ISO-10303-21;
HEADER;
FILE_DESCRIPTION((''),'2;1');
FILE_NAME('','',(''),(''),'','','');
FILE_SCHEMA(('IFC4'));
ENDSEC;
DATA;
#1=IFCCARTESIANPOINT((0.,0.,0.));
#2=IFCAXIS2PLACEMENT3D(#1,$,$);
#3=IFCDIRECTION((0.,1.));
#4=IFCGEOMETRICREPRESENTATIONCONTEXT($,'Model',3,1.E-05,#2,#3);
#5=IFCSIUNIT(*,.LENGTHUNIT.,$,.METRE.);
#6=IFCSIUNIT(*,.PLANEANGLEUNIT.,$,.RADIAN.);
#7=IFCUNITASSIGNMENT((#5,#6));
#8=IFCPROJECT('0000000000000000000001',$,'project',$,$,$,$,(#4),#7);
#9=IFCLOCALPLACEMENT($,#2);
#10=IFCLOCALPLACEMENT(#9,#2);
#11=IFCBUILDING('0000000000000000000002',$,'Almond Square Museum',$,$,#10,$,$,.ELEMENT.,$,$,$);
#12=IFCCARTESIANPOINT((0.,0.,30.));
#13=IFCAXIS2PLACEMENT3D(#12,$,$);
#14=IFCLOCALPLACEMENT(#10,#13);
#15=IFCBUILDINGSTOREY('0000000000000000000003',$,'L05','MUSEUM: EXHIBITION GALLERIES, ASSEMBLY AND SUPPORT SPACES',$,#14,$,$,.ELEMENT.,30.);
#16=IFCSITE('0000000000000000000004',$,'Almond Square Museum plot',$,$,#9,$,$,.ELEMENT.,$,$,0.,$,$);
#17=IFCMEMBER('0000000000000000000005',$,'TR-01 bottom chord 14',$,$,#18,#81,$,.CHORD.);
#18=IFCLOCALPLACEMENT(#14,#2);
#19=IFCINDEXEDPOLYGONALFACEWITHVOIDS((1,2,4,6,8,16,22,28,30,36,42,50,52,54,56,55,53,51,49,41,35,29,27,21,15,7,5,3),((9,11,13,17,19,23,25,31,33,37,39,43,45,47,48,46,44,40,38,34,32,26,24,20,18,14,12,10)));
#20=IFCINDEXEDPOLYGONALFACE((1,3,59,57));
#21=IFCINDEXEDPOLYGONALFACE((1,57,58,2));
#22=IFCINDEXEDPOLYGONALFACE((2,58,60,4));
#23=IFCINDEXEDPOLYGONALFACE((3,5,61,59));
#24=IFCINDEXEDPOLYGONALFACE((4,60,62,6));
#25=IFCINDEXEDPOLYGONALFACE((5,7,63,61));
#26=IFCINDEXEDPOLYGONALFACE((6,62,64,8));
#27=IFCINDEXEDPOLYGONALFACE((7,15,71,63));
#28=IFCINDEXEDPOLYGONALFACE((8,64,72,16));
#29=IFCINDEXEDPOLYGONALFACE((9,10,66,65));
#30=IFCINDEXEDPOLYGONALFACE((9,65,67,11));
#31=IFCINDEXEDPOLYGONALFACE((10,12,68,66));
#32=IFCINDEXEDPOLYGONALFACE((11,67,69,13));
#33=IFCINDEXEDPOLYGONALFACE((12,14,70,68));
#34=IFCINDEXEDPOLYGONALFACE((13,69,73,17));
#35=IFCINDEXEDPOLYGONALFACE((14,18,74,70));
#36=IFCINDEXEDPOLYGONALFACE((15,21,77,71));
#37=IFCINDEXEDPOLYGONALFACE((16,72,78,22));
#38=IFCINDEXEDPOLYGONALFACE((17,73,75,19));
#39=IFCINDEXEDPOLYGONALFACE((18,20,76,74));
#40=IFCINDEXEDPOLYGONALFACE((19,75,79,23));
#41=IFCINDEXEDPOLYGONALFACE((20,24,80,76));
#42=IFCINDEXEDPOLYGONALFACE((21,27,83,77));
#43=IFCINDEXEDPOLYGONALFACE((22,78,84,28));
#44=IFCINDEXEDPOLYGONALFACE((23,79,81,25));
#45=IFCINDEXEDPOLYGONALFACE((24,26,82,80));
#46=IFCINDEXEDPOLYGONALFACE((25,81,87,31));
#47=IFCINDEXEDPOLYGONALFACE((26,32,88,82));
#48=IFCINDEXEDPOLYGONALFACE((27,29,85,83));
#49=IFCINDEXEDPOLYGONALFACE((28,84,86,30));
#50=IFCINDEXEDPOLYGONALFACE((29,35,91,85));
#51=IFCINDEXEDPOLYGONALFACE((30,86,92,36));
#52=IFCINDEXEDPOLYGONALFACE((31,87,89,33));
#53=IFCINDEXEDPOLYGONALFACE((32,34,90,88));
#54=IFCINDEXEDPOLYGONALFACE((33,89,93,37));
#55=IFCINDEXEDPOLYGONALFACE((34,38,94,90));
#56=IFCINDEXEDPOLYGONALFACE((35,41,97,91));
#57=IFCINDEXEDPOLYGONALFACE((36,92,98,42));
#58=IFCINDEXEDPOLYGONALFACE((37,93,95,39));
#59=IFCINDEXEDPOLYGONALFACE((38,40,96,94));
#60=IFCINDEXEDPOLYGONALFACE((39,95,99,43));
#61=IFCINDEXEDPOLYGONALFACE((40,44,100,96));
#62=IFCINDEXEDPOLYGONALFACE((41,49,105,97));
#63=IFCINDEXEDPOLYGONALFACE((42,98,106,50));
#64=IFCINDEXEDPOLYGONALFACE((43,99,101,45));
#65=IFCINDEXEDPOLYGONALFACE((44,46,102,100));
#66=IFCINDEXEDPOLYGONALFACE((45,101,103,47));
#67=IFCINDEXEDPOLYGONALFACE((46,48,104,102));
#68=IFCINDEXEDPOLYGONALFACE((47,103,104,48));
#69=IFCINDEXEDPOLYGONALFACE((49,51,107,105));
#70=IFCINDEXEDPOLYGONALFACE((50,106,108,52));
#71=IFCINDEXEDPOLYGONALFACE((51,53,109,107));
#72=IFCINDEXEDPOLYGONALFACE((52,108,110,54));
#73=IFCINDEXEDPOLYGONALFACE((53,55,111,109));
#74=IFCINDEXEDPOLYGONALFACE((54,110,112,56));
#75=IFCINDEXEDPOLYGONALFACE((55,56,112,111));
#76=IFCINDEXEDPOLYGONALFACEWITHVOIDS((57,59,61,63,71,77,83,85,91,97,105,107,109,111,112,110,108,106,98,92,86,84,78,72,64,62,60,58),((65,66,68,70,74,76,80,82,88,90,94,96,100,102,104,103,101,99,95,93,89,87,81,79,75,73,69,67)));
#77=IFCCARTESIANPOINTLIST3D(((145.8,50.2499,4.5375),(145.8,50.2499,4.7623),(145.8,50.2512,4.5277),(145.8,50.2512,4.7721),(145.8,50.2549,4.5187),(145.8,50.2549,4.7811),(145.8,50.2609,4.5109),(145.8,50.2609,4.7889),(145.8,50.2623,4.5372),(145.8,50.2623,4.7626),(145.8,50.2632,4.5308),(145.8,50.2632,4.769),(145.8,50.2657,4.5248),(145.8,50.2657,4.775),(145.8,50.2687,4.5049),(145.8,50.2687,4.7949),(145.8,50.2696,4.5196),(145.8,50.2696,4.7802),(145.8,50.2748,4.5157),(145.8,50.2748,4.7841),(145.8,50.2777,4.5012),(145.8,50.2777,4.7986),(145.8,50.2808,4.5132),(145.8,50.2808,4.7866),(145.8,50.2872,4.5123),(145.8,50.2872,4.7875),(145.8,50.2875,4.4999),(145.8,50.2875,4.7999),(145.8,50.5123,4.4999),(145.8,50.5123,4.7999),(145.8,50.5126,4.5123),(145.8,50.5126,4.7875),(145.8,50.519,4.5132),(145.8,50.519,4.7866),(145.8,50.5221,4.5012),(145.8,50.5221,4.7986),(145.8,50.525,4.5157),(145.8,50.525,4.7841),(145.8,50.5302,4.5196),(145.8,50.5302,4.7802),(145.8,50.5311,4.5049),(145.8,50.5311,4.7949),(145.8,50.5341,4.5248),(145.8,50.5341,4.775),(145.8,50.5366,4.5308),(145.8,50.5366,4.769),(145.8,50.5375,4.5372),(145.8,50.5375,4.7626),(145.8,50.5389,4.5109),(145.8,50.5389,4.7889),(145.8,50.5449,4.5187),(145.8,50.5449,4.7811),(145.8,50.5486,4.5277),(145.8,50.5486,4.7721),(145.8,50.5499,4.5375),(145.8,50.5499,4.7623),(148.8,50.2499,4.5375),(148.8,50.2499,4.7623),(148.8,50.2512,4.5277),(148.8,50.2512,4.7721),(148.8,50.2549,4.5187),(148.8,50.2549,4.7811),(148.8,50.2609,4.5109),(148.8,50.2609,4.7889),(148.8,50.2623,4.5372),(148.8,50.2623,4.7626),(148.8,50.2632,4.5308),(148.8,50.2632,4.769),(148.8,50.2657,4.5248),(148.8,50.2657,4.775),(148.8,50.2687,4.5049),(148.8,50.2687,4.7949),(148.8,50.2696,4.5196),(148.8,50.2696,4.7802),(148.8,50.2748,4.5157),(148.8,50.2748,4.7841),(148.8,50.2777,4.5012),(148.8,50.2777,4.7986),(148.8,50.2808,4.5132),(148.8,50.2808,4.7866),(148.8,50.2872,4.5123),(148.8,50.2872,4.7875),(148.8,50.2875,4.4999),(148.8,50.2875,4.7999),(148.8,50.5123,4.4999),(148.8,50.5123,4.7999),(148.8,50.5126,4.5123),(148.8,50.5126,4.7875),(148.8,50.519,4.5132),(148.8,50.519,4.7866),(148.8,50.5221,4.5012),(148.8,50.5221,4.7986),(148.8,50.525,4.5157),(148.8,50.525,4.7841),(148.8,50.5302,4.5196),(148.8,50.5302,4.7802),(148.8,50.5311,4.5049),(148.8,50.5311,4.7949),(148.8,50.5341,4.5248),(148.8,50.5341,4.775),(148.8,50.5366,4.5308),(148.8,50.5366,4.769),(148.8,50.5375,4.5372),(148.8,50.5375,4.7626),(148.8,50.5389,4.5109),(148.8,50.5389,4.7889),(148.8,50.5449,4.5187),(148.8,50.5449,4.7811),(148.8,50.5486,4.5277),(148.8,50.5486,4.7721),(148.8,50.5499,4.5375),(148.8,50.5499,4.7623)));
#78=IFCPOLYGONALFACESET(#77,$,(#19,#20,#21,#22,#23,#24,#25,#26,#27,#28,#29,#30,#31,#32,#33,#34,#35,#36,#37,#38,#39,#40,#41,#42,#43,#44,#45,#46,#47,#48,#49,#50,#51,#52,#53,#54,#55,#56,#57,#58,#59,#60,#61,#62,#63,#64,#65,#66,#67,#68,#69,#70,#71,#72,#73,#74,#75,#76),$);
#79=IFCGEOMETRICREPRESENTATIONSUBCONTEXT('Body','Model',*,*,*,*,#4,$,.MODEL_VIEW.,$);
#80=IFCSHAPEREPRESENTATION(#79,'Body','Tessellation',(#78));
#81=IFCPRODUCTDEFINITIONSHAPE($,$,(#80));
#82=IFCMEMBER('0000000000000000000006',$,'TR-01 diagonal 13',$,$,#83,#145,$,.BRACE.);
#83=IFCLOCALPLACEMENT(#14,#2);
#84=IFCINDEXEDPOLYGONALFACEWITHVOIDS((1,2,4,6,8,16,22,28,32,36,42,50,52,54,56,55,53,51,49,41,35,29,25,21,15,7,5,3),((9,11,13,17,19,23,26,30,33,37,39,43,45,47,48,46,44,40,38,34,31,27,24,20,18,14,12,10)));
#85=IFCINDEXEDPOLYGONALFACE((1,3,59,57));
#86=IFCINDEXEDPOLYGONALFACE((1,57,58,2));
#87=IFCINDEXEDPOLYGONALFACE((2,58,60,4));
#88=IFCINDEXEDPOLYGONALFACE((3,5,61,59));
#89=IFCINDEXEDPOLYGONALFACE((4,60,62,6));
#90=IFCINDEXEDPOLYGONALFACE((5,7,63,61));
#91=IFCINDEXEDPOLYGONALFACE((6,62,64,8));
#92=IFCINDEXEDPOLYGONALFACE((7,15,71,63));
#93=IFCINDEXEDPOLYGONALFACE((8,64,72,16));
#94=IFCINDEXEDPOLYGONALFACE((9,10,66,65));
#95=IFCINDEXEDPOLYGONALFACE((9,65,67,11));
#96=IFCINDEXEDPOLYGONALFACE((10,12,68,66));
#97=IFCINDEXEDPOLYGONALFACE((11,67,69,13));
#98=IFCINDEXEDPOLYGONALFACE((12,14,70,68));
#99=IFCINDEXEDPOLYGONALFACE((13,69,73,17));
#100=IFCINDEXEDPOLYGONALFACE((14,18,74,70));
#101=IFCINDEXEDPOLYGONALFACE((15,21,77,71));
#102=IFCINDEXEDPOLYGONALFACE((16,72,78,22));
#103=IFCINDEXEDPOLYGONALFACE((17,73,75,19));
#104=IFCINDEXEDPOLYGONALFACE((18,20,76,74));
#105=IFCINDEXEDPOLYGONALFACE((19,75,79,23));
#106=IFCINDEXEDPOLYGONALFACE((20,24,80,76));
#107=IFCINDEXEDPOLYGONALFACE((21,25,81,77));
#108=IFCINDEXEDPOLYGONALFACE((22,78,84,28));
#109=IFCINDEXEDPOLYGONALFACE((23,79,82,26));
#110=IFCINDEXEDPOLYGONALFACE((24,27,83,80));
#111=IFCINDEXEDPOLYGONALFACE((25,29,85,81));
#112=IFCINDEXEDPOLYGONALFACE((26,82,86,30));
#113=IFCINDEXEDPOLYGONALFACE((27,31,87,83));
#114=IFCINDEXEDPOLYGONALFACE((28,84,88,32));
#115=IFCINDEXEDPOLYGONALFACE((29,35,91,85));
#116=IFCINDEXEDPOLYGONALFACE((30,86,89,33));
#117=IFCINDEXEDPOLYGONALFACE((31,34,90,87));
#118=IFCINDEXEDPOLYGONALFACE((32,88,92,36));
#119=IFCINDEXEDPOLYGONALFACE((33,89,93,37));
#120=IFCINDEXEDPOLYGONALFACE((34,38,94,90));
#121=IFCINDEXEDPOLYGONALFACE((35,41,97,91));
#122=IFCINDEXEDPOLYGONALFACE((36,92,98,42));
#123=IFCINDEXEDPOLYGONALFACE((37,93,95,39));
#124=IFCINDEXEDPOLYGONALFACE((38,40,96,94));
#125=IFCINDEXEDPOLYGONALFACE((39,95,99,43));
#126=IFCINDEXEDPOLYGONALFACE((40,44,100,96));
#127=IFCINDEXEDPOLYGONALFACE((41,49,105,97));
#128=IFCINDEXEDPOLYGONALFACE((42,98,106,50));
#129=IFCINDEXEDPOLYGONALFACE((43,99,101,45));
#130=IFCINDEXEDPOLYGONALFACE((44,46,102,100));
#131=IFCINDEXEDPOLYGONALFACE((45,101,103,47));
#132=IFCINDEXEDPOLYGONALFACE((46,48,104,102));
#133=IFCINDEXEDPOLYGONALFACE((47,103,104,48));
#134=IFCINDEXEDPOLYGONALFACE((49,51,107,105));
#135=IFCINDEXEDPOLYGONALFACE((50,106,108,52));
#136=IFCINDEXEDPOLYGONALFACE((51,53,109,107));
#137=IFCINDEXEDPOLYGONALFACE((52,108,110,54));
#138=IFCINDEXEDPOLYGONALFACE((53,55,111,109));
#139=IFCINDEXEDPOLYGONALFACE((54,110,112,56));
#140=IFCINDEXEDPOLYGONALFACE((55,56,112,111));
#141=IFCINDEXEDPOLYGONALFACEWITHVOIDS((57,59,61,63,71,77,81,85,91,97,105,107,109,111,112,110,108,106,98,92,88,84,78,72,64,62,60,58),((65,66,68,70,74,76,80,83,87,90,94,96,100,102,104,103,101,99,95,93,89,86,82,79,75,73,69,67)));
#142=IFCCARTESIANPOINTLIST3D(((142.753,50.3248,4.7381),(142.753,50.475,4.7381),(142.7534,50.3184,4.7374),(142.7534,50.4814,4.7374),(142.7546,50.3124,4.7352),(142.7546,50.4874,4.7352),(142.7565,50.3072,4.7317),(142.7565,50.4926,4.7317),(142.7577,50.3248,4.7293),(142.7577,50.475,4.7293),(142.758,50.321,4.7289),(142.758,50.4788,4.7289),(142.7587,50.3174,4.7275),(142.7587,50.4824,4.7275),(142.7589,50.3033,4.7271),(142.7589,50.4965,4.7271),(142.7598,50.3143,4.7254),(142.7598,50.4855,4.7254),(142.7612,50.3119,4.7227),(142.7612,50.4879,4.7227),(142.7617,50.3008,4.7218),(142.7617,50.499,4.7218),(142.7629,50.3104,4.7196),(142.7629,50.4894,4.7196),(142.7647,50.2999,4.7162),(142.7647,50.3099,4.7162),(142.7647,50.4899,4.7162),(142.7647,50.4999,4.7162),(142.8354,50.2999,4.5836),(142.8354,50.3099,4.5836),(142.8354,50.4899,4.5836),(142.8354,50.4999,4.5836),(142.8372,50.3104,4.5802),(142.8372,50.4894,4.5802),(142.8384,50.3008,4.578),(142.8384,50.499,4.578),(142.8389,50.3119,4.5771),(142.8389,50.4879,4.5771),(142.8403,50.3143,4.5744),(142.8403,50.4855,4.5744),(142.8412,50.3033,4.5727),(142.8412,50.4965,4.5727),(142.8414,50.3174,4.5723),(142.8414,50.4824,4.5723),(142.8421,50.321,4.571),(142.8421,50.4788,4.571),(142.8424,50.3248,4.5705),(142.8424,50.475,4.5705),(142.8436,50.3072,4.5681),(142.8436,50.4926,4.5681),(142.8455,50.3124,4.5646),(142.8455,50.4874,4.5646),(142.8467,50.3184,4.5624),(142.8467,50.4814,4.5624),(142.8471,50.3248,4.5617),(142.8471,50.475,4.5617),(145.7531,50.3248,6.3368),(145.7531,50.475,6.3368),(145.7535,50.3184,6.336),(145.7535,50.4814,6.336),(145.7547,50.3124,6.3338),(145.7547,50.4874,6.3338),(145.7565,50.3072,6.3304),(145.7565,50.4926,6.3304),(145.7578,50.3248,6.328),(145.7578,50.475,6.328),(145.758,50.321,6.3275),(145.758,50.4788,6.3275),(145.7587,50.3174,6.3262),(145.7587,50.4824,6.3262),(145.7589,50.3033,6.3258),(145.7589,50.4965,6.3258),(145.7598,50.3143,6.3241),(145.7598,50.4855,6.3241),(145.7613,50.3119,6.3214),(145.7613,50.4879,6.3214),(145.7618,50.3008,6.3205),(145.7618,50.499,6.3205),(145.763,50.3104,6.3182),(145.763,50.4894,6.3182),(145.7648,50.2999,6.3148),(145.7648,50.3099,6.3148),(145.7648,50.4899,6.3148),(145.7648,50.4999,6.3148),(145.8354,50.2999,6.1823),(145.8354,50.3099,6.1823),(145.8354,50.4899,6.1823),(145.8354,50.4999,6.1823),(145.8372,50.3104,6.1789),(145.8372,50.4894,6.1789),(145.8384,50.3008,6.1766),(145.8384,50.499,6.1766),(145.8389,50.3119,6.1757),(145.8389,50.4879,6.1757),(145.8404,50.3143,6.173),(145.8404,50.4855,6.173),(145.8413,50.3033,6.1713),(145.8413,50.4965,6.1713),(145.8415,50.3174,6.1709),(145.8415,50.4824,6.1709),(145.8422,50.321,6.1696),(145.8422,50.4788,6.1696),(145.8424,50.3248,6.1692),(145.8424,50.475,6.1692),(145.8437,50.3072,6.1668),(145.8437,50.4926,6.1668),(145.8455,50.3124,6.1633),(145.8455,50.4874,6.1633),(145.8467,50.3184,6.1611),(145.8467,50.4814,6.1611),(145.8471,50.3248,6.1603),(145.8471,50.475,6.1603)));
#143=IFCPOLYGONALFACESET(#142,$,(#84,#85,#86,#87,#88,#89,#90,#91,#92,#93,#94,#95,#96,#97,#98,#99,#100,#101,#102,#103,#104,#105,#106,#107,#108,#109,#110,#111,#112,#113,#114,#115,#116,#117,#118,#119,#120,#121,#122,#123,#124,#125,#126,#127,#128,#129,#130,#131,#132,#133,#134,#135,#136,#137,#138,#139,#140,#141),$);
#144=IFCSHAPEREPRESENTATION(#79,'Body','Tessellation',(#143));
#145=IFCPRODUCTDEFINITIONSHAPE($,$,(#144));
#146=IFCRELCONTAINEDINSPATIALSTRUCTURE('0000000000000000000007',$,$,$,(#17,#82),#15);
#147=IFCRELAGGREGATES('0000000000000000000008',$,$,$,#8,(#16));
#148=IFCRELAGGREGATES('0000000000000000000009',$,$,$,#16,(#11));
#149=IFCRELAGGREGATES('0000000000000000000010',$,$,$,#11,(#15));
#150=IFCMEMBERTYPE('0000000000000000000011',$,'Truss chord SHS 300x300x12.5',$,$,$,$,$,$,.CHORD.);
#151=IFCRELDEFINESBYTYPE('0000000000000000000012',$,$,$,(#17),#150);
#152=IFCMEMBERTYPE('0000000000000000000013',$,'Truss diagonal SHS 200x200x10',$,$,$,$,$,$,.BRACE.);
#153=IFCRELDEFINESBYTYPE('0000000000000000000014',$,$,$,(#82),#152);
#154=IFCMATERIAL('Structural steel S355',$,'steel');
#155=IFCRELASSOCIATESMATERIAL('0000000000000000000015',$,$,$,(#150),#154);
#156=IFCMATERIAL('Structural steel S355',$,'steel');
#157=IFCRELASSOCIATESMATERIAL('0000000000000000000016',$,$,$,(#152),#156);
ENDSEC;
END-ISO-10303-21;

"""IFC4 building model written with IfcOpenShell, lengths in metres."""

from ifc_helpers import new_model, si_unit, direction, frame, origin, origin_2d, place, context, subcontext, project, spatial, hollow_rectangle, extrude, material, material_profile, profile_set, type_object, element, save


model = new_model("IFC4")

# Units and contexts
model_context = context("Model", 3, precision=1e-05, world=origin(), true_north=direction((0.0, 1.0)))
body_context = subcontext(model_context, "Body", "Model", "MODEL_VIEW")
ifc_project = project(units=[si_unit("LENGTHUNIT", "METRE"), si_unit("PLANEANGLEUNIT", "RADIAN")], contexts=[model_context])

# Site, building, storey
site_placement = place(None, origin())
site = spatial("IfcSite", under=ifc_project, at=site_placement, Name="Almond Square Museum plot", CompositionType="ELEMENT", RefElevation=0.0)
building_placement = place(site_placement, origin())
building = spatial("IfcBuilding", under=site, at=building_placement, Name="Almond Square Museum", CompositionType="ELEMENT")
storey_placement = place(building_placement, frame((0.0, 0.0, 30.0)))
storey = spatial("IfcBuildingStorey", under=building, at=storey_placement, Name="L05", Description="MUSEUM: EXHIBITION GALLERIES, ASSEMBLY AND SUPPORT SPACES", CompositionType="ELEMENT", Elevation=30.0)

# Members
ifc_material_1 = material(Name="Structural steel S355", Category="steel")
ifc_material_profile_1 = material_profile(ifc_material_1, hollow_rectangle(XDim=0.3, YDim=0.3, WallThickness=0.0125, InnerFilletRadius=0.0249, OuterFilletRadius=0.0376, at=origin_2d()))
ifc_profile_set_1 = profile_set([ifc_material_profile_1], Name="Structural steel S355")
member_type_1 = type_object("IfcMemberType", Name="Truss chord SHS 300x300x12.5", PredefinedType="CHORD", material=ifc_profile_set_1)
for number, where, z_axis, x_axis, name in (
    (1, (145.8, 50.3999, 4.6499), (1.0, 0.0, 0.0), (0.0, 1.0, 0.0), "TR-01 bottom chord 14"),
):
    element("IfcMember", number, at=place(storey_placement, frame(where, z_axis=z_axis, x_axis=x_axis)), inside=storey, type_object=member_type_1, Name=name, PredefinedType="CHORD", context=body_context, shape_type="SweptSolid", body=[
        extrude(hollow_rectangle(XDim=0.3, YDim=0.3, WallThickness=0.0125, InnerFilletRadius=0.0249, OuterFilletRadius=0.0376, at=origin_2d()), origin(), (0.0, 0.0, 1.0), 3.0),
    ])
ifc_material_2 = material(Name="Structural steel S355", Category="steel")
ifc_material_profile_2 = material_profile(ifc_material_2, hollow_rectangle(XDim=0.2, YDim=0.2, WallThickness=0.01, InnerFilletRadius=0.0149, OuterFilletRadius=0.0249, at=origin_2d()))
ifc_profile_set_2 = profile_set([ifc_material_profile_2], Name="Structural steel S355")
member_type_2 = type_object("IfcMemberType", Name="Truss diagonal SHS 200x200x10", PredefinedType="BRACE", material=ifc_profile_set_2)
member_1_placement = place(storey_placement, frame((142.8, 50.3999, 4.6499), z_axis=(0.88252, 0.0, 0.470275), x_axis=(0.0, 1.0, 0.0)))
element("IfcMember", 2, at=member_1_placement, inside=storey, type_object=member_type_2, Name="TR-01 diagonal 13", PredefinedType="BRACE", context=body_context, shape_type="SweptSolid", body=[
    extrude(hollow_rectangle(XDim=0.2, YDim=0.2, WallThickness=0.01, InnerFilletRadius=0.0149, OuterFilletRadius=0.0249, at=origin_2d()), origin(), (0.0, 0.0, 1.0), 3.3994),
])

save(model, "model.ifc")
